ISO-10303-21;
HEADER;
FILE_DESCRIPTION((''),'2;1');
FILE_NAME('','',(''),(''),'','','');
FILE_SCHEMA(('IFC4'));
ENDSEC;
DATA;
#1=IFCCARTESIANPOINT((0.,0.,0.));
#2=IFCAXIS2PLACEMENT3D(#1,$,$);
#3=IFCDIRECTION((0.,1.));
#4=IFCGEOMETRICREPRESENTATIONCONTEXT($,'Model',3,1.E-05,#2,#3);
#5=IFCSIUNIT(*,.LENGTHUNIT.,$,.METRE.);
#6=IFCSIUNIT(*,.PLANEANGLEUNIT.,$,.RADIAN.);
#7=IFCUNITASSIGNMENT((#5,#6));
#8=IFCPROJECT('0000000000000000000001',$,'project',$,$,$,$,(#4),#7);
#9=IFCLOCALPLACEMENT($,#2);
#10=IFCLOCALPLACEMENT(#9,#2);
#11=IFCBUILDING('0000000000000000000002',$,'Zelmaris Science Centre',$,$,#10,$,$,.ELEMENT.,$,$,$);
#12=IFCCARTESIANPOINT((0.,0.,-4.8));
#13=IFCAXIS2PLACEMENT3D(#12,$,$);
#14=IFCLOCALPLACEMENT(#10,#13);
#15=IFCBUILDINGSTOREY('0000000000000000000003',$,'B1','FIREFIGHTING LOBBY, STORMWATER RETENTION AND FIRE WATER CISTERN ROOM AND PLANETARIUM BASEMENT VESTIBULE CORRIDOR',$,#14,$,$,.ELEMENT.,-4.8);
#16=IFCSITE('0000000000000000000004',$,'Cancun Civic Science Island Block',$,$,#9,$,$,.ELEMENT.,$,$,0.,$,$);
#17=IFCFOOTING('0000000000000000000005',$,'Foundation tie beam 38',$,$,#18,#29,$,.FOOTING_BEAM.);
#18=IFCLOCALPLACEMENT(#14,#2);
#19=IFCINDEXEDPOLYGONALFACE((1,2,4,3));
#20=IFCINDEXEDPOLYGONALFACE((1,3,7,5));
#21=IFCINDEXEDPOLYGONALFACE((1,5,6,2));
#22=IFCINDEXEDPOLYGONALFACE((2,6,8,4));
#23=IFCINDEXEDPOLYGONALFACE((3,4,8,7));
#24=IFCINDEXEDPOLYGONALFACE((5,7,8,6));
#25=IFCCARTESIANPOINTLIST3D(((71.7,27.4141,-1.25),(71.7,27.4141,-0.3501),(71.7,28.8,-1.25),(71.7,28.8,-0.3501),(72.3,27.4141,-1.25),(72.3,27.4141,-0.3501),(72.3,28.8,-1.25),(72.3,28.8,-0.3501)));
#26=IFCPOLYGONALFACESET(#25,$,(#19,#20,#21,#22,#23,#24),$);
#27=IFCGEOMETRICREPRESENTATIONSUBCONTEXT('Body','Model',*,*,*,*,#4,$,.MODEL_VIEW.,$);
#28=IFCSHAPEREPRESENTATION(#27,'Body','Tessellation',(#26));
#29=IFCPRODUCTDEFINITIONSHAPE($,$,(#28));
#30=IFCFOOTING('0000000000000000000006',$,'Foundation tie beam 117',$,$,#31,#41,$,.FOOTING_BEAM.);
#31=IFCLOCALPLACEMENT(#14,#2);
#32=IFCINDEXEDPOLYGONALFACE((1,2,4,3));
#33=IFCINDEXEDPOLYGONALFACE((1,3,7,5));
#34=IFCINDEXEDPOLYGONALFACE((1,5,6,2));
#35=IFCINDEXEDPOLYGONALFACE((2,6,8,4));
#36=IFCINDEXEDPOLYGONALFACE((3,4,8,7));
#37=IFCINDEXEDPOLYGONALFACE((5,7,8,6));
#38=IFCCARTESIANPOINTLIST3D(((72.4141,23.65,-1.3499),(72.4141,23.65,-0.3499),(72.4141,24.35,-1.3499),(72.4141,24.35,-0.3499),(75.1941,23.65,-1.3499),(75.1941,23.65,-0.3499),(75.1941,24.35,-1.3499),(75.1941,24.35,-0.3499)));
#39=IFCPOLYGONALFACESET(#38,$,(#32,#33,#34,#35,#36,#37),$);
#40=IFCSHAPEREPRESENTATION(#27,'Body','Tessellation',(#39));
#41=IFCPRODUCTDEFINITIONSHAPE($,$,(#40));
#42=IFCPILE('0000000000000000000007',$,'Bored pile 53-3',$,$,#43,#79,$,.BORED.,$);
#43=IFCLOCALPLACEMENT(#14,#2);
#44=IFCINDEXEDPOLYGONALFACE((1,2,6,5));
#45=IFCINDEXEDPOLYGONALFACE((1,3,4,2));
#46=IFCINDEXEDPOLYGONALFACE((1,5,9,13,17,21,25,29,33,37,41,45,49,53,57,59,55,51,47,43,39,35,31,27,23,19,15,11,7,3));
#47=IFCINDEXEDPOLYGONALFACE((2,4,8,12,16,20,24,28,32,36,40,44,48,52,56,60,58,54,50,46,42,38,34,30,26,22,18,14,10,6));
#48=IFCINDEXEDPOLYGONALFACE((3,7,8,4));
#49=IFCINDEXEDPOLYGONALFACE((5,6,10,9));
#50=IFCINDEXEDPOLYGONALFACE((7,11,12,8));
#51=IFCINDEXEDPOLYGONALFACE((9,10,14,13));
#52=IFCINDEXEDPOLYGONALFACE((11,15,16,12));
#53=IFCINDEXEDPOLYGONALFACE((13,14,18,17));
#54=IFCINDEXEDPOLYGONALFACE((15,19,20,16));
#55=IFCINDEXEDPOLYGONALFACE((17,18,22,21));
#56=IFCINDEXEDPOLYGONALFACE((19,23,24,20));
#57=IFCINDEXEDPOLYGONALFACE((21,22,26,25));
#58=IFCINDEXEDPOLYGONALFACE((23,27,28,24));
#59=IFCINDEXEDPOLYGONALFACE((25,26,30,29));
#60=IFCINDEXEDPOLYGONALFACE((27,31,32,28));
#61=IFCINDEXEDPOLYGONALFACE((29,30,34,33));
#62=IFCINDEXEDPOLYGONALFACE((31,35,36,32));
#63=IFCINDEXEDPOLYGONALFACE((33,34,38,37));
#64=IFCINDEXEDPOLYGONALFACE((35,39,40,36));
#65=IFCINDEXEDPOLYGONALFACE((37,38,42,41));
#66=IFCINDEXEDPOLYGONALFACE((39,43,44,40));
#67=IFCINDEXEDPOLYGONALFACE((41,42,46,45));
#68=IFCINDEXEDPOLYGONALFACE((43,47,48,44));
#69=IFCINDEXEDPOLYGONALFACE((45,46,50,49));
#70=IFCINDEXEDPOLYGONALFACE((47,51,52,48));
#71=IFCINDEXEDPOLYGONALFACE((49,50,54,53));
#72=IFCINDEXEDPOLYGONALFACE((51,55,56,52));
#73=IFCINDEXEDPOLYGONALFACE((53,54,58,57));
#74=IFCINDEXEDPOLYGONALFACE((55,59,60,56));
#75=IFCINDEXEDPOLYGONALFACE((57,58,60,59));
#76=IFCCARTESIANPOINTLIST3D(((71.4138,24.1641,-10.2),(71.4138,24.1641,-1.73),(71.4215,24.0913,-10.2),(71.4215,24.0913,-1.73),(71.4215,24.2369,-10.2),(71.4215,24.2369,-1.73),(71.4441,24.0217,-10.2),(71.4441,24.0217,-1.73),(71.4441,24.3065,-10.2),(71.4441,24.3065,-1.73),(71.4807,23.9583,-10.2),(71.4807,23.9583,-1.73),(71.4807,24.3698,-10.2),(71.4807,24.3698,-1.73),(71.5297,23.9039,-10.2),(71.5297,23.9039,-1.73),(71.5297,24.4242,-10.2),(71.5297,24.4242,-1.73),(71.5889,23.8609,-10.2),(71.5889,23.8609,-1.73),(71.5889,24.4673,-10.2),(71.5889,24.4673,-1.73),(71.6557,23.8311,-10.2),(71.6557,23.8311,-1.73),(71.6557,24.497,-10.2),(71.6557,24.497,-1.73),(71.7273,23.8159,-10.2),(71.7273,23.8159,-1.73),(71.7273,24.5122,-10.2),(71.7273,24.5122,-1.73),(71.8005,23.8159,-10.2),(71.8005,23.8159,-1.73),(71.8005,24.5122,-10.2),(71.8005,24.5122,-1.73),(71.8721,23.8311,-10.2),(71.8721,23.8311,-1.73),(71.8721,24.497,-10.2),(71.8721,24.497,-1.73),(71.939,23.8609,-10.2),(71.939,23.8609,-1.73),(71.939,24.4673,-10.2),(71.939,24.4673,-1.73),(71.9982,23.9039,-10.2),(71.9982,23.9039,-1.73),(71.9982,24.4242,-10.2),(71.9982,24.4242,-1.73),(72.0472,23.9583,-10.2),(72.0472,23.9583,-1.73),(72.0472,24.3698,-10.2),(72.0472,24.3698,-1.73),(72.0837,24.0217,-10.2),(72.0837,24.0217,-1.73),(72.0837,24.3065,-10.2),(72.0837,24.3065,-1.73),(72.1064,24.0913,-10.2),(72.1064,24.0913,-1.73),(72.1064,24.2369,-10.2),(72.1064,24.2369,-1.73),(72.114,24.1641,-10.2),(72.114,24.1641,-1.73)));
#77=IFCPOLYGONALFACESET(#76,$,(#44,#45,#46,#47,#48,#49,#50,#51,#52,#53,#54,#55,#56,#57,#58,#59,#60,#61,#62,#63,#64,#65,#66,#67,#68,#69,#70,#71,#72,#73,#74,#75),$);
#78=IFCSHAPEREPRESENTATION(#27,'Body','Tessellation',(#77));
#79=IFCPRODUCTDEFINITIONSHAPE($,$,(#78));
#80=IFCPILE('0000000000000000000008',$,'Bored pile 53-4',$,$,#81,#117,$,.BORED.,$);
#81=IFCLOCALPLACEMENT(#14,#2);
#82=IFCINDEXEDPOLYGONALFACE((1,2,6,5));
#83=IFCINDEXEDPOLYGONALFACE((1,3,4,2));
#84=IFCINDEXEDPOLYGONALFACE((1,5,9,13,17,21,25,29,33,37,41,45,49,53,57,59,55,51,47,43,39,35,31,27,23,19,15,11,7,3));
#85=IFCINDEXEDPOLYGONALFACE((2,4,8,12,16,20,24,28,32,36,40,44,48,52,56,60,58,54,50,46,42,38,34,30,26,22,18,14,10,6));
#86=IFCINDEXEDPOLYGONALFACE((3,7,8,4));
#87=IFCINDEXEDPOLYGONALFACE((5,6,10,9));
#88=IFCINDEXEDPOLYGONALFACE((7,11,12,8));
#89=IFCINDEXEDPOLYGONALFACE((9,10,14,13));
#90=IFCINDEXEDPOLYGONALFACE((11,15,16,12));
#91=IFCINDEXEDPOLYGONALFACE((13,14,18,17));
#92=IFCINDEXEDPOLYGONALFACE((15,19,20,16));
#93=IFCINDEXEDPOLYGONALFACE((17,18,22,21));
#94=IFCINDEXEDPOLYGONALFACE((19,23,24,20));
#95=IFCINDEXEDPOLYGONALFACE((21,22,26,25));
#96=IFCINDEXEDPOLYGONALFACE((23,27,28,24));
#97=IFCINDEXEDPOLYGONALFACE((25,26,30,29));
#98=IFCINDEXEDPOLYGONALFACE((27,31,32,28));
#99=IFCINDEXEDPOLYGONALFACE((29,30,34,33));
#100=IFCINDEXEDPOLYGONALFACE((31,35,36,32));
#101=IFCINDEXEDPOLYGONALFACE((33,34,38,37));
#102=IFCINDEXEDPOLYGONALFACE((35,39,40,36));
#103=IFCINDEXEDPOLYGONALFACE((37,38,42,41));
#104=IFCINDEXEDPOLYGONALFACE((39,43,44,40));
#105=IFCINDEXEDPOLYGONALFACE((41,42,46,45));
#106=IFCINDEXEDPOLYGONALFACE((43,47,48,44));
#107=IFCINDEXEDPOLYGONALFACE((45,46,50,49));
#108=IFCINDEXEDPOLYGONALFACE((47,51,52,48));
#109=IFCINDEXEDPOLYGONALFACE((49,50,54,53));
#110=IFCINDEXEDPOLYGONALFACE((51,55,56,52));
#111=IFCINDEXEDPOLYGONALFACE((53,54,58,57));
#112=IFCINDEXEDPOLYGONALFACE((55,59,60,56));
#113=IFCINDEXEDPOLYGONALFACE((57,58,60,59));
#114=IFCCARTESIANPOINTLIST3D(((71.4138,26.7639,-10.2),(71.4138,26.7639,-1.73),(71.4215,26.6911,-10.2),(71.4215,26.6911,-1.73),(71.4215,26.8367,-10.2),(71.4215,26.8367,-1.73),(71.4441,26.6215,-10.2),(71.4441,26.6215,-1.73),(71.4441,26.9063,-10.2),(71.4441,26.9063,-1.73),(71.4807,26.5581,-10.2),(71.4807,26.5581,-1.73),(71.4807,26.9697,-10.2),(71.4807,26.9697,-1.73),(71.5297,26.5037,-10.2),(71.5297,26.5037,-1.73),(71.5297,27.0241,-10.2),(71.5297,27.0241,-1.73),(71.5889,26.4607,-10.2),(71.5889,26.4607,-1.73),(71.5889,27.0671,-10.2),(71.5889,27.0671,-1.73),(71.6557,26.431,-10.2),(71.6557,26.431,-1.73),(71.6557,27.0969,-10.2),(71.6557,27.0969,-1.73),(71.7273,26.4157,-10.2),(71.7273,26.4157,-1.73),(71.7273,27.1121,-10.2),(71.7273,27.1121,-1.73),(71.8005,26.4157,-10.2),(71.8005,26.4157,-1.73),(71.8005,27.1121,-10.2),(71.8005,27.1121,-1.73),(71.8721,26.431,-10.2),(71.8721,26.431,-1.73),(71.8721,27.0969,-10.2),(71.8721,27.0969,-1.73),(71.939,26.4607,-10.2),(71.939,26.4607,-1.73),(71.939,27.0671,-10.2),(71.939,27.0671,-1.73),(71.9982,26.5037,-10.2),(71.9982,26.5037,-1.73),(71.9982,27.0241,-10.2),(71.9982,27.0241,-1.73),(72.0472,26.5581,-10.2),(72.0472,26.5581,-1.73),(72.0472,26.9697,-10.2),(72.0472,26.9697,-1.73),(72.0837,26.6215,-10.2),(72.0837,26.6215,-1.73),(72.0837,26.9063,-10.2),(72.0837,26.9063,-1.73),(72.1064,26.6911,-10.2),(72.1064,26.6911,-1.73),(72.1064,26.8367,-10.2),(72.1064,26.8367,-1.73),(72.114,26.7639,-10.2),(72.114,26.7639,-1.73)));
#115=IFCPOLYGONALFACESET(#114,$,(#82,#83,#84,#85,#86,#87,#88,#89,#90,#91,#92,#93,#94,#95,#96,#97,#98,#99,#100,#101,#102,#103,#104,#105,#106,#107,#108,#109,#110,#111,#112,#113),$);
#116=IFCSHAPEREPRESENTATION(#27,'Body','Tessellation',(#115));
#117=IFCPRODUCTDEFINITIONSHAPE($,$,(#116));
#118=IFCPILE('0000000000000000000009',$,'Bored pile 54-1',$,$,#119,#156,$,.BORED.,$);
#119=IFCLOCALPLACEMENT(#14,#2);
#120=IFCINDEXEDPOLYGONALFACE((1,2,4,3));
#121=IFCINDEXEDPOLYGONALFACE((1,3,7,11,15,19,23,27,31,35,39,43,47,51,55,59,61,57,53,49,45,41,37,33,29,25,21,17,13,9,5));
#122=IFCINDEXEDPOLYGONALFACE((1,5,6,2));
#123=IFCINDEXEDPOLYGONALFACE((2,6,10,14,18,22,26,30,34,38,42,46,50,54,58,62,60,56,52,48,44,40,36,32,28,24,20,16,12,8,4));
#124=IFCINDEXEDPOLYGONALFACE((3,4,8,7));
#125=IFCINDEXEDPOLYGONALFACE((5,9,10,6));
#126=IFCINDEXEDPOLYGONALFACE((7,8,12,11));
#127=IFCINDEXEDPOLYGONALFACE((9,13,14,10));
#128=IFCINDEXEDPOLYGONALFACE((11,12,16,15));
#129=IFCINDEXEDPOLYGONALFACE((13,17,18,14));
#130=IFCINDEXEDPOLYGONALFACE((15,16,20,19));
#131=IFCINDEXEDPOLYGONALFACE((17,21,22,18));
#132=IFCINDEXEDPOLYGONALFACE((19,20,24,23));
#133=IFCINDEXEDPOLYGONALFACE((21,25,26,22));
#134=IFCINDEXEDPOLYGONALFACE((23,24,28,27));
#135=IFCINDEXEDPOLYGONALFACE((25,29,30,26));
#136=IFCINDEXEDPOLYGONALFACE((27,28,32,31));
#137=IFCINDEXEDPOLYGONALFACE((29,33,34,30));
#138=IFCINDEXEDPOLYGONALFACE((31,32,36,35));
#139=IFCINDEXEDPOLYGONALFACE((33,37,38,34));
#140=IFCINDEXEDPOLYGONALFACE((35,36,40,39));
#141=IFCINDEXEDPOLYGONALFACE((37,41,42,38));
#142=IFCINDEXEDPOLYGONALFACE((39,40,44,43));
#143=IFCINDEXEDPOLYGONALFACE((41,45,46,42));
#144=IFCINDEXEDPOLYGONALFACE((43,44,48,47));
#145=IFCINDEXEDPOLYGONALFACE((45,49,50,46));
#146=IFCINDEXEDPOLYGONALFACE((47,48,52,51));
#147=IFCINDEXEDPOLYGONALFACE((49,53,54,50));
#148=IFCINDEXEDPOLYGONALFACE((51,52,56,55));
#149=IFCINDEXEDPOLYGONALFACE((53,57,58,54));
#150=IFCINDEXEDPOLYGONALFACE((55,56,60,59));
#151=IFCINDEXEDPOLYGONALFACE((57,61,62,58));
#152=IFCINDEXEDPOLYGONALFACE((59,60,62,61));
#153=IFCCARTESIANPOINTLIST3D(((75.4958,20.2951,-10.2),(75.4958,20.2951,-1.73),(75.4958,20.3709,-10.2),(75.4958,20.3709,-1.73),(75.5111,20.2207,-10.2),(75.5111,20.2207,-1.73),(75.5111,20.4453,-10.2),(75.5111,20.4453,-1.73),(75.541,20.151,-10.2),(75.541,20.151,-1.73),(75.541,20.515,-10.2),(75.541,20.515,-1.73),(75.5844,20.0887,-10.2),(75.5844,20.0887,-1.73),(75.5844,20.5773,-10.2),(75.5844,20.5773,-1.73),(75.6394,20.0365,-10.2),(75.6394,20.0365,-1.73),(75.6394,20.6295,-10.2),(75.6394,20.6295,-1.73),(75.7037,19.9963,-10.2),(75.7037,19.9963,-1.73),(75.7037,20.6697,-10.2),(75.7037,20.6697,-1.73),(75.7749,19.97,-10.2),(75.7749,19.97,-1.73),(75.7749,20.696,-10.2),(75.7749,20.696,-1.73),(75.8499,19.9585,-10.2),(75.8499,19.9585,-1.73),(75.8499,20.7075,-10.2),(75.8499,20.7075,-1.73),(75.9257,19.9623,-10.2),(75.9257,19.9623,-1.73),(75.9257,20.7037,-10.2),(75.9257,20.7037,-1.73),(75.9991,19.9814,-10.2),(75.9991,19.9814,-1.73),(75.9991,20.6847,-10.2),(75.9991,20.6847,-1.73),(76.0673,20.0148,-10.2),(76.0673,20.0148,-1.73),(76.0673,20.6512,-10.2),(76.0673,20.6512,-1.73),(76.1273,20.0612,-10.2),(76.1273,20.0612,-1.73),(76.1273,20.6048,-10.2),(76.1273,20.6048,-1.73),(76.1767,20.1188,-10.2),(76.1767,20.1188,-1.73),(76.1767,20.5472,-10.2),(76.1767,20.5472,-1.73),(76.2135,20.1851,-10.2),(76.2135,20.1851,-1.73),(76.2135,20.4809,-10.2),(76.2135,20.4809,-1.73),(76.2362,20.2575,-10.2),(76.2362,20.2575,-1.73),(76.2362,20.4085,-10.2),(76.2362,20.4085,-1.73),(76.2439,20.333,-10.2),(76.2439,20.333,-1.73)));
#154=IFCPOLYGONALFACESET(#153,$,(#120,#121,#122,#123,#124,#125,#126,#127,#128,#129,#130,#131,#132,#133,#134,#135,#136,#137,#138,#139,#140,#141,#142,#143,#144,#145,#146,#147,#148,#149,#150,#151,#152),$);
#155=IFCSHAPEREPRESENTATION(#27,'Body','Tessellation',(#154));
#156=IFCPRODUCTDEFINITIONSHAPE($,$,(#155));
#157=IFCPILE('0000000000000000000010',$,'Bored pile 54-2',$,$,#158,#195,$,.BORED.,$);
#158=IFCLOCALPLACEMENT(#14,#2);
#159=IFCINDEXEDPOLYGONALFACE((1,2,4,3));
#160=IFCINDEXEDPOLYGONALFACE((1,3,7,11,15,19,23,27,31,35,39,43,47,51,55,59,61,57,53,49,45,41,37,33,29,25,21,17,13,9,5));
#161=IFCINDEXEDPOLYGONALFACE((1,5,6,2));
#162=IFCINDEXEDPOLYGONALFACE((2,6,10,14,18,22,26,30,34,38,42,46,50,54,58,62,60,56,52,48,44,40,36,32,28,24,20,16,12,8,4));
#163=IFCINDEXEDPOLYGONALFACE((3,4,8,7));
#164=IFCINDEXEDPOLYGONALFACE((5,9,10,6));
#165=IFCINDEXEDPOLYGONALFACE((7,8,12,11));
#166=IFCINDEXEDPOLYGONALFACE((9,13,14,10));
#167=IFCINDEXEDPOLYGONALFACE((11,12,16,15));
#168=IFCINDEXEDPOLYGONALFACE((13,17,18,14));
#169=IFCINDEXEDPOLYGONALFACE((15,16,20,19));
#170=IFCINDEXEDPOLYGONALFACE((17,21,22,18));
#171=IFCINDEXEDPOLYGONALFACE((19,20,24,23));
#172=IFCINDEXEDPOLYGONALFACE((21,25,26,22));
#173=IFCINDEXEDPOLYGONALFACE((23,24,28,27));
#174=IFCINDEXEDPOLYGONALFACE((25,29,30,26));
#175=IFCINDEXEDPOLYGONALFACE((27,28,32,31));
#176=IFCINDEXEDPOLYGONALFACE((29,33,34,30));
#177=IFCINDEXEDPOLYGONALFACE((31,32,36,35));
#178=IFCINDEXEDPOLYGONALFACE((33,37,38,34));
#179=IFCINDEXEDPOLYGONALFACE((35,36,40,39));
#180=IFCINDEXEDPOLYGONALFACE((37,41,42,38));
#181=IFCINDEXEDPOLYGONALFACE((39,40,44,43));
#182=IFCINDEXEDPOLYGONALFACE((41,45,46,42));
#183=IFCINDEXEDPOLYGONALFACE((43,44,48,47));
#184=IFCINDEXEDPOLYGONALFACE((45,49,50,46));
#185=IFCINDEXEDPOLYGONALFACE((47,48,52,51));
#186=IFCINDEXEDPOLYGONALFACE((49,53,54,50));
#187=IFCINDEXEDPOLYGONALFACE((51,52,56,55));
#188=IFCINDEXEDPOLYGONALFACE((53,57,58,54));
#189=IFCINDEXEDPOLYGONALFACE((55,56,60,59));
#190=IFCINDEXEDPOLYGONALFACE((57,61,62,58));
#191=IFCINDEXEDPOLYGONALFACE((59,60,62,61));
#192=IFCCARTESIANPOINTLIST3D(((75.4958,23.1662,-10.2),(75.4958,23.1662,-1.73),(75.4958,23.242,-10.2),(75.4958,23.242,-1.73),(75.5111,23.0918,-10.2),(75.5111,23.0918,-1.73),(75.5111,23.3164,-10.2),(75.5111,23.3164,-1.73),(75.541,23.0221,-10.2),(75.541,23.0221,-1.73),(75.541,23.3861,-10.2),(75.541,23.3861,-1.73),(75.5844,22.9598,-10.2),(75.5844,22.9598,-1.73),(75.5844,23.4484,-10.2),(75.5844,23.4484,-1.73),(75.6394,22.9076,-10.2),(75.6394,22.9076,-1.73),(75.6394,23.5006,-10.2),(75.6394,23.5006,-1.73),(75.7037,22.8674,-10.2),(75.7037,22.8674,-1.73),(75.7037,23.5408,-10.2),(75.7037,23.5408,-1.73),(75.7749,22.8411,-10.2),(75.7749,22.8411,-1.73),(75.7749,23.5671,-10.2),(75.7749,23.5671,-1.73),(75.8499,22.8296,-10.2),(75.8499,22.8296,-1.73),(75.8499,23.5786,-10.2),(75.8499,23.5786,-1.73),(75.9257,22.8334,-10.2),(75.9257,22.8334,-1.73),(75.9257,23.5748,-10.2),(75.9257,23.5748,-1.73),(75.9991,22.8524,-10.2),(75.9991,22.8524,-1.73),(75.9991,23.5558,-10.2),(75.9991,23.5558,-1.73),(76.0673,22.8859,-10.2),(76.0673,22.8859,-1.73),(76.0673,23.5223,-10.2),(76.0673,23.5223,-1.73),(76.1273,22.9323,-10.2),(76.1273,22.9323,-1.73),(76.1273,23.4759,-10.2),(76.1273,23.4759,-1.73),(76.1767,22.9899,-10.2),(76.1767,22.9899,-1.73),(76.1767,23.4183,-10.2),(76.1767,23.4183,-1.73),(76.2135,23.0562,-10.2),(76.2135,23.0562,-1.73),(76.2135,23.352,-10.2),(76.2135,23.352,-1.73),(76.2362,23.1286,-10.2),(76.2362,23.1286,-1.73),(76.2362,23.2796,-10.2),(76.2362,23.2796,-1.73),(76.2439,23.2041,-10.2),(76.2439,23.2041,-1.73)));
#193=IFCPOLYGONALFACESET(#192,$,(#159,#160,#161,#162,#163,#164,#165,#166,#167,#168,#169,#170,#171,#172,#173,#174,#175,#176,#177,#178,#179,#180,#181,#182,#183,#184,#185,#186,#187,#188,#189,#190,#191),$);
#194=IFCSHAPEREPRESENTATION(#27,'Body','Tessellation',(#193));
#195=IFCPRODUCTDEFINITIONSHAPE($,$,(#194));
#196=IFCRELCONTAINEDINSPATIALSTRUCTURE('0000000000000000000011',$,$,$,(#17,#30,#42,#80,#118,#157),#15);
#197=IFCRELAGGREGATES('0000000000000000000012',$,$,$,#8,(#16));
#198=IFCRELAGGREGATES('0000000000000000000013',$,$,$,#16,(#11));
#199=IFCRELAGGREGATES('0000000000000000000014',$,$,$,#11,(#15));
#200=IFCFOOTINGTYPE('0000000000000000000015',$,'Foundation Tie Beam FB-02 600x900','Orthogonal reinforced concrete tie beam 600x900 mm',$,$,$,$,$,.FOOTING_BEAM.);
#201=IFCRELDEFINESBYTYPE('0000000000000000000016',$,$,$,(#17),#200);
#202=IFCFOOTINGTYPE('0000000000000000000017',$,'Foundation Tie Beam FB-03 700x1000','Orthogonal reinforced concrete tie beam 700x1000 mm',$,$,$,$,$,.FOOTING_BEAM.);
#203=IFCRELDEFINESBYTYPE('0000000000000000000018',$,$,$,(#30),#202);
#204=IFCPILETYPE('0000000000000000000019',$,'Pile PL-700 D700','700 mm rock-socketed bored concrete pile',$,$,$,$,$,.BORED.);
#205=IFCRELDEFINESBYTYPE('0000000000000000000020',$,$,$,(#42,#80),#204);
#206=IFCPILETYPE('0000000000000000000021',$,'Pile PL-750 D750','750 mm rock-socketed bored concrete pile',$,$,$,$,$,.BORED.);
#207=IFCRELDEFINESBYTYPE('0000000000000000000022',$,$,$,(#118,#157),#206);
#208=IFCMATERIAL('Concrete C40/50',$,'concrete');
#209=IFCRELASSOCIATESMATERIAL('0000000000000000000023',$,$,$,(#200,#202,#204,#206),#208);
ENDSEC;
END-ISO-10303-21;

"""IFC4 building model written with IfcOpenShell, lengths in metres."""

from ifc_helpers import new_model, si_unit, direction, frame, origin, origin_2d, place, context, subcontext, project, spatial, rectangle, circle, extrude, material, material_profile, profile_set, type_object, element, save


model = new_model("IFC4")

# Units and contexts
model_context = context("Model", 3, precision=1e-05, world=origin(), true_north=direction((0.0, 1.0)))
body_context = subcontext(model_context, "Body", "Model", "MODEL_VIEW")
ifc_project = project(units=[si_unit("LENGTHUNIT", "METRE"), si_unit("PLANEANGLEUNIT", "RADIAN")], contexts=[model_context])

# Site, building, storey
site_placement = place(None, origin())
site = spatial("IfcSite", under=ifc_project, at=site_placement, Name="Cancun Civic Science Island Block", CompositionType="ELEMENT", RefElevation=0.0)
building_placement = place(site_placement, origin())
building = spatial("IfcBuilding", under=site, at=building_placement, Name="Zelmaris Science Centre", CompositionType="ELEMENT")
storey_placement = place(building_placement, frame((0.0, 0.0, -4.8)))
storey = spatial("IfcBuildingStorey", under=building, at=storey_placement, Name="B1", Description="FIREFIGHTING LOBBY, STORMWATER RETENTION AND FIRE WATER CISTERN ROOM AND PLANETARIUM BASEMENT VESTIBULE CORRIDOR", CompositionType="ELEMENT", Elevation=-4.8)

# Footings
ifc_material_1 = material(Name="Concrete C40/50", Category="concrete")
ifc_material_profile_1 = material_profile(ifc_material_1, rectangle(XDim=0.6001, YDim=0.8999, at=origin_2d()), Name="FB-600X900")
ifc_profile_set_1 = profile_set([ifc_material_profile_1], Name="Concrete C40/50")
footing_type_1 = type_object("IfcFootingType", Name="Foundation Tie Beam FB-02 600x900", Description="Orthogonal reinforced concrete tie beam 600x900 mm", PredefinedType="FOOTING_BEAM", material=ifc_profile_set_1)
footing_1_placement = place(storey_placement, frame((72.0, 27.4141, -0.8), z_axis=(0.0, 1.0, 0.0), x_axis=(-1.0, 0.0, 0.0)))
element("IfcFooting", 1, at=footing_1_placement, inside=storey, type_object=footing_type_1, Name="Foundation tie beam 38", PredefinedType="FOOTING_BEAM", context=body_context, shape_type="SweptSolid", body=[
    extrude(rectangle(XDim=0.6001, YDim=0.8999, at=origin_2d()), origin(), (0.0, 0.0, 1.0), 1.386),
])
ifc_material_profile_2 = material_profile(ifc_material_1, rectangle(XDim=0.7, YDim=1.0, at=origin_2d()), Name="FB-700X1000")
ifc_profile_set_2 = profile_set([ifc_material_profile_2], Name="Concrete C40/50")
footing_type_2 = type_object("IfcFootingType", Name="Foundation Tie Beam FB-03 700x1000", Description="Orthogonal reinforced concrete tie beam 700x1000 mm", PredefinedType="FOOTING_BEAM", material=ifc_profile_set_2)
footing_2_placement = place(storey_placement, frame((72.4141, 24.0, -0.8499), z_axis=(1.0, 0.0, 0.0), x_axis=(0.0, 1.0, 0.0)))
element("IfcFooting", 2, at=footing_2_placement, inside=storey, type_object=footing_type_2, Name="Foundation tie beam 117", PredefinedType="FOOTING_BEAM", context=body_context, shape_type="SweptSolid", body=[
    extrude(rectangle(XDim=0.7, YDim=1.0, at=origin_2d()), origin(), (0.0, 0.0, 1.0), 2.78),
])

# Piles
ifc_material_profile_3 = material_profile(ifc_material_1, circle(Radius=0.3501, at=origin_2d()), Name="PILE-700")
ifc_profile_set_3 = profile_set([ifc_material_profile_3], Name="Concrete C40/50")
pile_type_1 = type_object("IfcPileType", Name="Pile PL-700 D700", Description="700 mm rock-socketed bored concrete pile", PredefinedType="BORED", material=ifc_profile_set_3)
for number, where, z_axis, x_axis, name in (
    (3, (71.7639, 24.1641, -1.73), (0.0, 0.0, -1.0), (1.0, 0.0, 0.0), "Bored pile 53-3"),
    (4, (71.7639, 26.7639, -1.73), (0.0, 0.0, -1.0), (1.0, 0.0, 0.0), "Bored pile 53-4"),
):
    element("IfcPile", number, at=place(storey_placement, frame(where, z_axis=z_axis, x_axis=x_axis)), inside=storey, type_object=pile_type_1, Name=name, PredefinedType="BORED", context=body_context, shape_type="SweptSolid", body=[
        extrude(circle(Radius=0.3501, at=origin_2d()), origin(), (0.0, 0.0, 1.0), 8.47),
    ])
ifc_material_profile_4 = material_profile(ifc_material_1, circle(Radius=0.375, at=origin_2d()), Name="PILE-750")
ifc_profile_set_4 = profile_set([ifc_material_profile_4], Name="Concrete C40/50")
pile_type_2 = type_object("IfcPileType", Name="Pile PL-750 D750", Description="750 mm rock-socketed bored concrete pile", PredefinedType="BORED", material=ifc_profile_set_4)
for number, where, z_axis, x_axis, name in (
    (5, (75.8689, 20.333, -1.73), (0.0, 0.0, -1.0), (1.0, 0.0, 0.0), "Bored pile 54-1"),
    (6, (75.8689, 23.2041, -1.73), (0.0, 0.0, -1.0), (1.0, 0.0, 0.0), "Bored pile 54-2"),
):
    element("IfcPile", number, at=place(storey_placement, frame(where, z_axis=z_axis, x_axis=x_axis)), inside=storey, type_object=pile_type_2, Name=name, PredefinedType="BORED", context=body_context, shape_type="SweptSolid", body=[
        extrude(circle(Radius=0.375, at=origin_2d()), origin(), (0.0, 0.0, 1.0), 8.47),
    ])

save(model, "model.ifc")
